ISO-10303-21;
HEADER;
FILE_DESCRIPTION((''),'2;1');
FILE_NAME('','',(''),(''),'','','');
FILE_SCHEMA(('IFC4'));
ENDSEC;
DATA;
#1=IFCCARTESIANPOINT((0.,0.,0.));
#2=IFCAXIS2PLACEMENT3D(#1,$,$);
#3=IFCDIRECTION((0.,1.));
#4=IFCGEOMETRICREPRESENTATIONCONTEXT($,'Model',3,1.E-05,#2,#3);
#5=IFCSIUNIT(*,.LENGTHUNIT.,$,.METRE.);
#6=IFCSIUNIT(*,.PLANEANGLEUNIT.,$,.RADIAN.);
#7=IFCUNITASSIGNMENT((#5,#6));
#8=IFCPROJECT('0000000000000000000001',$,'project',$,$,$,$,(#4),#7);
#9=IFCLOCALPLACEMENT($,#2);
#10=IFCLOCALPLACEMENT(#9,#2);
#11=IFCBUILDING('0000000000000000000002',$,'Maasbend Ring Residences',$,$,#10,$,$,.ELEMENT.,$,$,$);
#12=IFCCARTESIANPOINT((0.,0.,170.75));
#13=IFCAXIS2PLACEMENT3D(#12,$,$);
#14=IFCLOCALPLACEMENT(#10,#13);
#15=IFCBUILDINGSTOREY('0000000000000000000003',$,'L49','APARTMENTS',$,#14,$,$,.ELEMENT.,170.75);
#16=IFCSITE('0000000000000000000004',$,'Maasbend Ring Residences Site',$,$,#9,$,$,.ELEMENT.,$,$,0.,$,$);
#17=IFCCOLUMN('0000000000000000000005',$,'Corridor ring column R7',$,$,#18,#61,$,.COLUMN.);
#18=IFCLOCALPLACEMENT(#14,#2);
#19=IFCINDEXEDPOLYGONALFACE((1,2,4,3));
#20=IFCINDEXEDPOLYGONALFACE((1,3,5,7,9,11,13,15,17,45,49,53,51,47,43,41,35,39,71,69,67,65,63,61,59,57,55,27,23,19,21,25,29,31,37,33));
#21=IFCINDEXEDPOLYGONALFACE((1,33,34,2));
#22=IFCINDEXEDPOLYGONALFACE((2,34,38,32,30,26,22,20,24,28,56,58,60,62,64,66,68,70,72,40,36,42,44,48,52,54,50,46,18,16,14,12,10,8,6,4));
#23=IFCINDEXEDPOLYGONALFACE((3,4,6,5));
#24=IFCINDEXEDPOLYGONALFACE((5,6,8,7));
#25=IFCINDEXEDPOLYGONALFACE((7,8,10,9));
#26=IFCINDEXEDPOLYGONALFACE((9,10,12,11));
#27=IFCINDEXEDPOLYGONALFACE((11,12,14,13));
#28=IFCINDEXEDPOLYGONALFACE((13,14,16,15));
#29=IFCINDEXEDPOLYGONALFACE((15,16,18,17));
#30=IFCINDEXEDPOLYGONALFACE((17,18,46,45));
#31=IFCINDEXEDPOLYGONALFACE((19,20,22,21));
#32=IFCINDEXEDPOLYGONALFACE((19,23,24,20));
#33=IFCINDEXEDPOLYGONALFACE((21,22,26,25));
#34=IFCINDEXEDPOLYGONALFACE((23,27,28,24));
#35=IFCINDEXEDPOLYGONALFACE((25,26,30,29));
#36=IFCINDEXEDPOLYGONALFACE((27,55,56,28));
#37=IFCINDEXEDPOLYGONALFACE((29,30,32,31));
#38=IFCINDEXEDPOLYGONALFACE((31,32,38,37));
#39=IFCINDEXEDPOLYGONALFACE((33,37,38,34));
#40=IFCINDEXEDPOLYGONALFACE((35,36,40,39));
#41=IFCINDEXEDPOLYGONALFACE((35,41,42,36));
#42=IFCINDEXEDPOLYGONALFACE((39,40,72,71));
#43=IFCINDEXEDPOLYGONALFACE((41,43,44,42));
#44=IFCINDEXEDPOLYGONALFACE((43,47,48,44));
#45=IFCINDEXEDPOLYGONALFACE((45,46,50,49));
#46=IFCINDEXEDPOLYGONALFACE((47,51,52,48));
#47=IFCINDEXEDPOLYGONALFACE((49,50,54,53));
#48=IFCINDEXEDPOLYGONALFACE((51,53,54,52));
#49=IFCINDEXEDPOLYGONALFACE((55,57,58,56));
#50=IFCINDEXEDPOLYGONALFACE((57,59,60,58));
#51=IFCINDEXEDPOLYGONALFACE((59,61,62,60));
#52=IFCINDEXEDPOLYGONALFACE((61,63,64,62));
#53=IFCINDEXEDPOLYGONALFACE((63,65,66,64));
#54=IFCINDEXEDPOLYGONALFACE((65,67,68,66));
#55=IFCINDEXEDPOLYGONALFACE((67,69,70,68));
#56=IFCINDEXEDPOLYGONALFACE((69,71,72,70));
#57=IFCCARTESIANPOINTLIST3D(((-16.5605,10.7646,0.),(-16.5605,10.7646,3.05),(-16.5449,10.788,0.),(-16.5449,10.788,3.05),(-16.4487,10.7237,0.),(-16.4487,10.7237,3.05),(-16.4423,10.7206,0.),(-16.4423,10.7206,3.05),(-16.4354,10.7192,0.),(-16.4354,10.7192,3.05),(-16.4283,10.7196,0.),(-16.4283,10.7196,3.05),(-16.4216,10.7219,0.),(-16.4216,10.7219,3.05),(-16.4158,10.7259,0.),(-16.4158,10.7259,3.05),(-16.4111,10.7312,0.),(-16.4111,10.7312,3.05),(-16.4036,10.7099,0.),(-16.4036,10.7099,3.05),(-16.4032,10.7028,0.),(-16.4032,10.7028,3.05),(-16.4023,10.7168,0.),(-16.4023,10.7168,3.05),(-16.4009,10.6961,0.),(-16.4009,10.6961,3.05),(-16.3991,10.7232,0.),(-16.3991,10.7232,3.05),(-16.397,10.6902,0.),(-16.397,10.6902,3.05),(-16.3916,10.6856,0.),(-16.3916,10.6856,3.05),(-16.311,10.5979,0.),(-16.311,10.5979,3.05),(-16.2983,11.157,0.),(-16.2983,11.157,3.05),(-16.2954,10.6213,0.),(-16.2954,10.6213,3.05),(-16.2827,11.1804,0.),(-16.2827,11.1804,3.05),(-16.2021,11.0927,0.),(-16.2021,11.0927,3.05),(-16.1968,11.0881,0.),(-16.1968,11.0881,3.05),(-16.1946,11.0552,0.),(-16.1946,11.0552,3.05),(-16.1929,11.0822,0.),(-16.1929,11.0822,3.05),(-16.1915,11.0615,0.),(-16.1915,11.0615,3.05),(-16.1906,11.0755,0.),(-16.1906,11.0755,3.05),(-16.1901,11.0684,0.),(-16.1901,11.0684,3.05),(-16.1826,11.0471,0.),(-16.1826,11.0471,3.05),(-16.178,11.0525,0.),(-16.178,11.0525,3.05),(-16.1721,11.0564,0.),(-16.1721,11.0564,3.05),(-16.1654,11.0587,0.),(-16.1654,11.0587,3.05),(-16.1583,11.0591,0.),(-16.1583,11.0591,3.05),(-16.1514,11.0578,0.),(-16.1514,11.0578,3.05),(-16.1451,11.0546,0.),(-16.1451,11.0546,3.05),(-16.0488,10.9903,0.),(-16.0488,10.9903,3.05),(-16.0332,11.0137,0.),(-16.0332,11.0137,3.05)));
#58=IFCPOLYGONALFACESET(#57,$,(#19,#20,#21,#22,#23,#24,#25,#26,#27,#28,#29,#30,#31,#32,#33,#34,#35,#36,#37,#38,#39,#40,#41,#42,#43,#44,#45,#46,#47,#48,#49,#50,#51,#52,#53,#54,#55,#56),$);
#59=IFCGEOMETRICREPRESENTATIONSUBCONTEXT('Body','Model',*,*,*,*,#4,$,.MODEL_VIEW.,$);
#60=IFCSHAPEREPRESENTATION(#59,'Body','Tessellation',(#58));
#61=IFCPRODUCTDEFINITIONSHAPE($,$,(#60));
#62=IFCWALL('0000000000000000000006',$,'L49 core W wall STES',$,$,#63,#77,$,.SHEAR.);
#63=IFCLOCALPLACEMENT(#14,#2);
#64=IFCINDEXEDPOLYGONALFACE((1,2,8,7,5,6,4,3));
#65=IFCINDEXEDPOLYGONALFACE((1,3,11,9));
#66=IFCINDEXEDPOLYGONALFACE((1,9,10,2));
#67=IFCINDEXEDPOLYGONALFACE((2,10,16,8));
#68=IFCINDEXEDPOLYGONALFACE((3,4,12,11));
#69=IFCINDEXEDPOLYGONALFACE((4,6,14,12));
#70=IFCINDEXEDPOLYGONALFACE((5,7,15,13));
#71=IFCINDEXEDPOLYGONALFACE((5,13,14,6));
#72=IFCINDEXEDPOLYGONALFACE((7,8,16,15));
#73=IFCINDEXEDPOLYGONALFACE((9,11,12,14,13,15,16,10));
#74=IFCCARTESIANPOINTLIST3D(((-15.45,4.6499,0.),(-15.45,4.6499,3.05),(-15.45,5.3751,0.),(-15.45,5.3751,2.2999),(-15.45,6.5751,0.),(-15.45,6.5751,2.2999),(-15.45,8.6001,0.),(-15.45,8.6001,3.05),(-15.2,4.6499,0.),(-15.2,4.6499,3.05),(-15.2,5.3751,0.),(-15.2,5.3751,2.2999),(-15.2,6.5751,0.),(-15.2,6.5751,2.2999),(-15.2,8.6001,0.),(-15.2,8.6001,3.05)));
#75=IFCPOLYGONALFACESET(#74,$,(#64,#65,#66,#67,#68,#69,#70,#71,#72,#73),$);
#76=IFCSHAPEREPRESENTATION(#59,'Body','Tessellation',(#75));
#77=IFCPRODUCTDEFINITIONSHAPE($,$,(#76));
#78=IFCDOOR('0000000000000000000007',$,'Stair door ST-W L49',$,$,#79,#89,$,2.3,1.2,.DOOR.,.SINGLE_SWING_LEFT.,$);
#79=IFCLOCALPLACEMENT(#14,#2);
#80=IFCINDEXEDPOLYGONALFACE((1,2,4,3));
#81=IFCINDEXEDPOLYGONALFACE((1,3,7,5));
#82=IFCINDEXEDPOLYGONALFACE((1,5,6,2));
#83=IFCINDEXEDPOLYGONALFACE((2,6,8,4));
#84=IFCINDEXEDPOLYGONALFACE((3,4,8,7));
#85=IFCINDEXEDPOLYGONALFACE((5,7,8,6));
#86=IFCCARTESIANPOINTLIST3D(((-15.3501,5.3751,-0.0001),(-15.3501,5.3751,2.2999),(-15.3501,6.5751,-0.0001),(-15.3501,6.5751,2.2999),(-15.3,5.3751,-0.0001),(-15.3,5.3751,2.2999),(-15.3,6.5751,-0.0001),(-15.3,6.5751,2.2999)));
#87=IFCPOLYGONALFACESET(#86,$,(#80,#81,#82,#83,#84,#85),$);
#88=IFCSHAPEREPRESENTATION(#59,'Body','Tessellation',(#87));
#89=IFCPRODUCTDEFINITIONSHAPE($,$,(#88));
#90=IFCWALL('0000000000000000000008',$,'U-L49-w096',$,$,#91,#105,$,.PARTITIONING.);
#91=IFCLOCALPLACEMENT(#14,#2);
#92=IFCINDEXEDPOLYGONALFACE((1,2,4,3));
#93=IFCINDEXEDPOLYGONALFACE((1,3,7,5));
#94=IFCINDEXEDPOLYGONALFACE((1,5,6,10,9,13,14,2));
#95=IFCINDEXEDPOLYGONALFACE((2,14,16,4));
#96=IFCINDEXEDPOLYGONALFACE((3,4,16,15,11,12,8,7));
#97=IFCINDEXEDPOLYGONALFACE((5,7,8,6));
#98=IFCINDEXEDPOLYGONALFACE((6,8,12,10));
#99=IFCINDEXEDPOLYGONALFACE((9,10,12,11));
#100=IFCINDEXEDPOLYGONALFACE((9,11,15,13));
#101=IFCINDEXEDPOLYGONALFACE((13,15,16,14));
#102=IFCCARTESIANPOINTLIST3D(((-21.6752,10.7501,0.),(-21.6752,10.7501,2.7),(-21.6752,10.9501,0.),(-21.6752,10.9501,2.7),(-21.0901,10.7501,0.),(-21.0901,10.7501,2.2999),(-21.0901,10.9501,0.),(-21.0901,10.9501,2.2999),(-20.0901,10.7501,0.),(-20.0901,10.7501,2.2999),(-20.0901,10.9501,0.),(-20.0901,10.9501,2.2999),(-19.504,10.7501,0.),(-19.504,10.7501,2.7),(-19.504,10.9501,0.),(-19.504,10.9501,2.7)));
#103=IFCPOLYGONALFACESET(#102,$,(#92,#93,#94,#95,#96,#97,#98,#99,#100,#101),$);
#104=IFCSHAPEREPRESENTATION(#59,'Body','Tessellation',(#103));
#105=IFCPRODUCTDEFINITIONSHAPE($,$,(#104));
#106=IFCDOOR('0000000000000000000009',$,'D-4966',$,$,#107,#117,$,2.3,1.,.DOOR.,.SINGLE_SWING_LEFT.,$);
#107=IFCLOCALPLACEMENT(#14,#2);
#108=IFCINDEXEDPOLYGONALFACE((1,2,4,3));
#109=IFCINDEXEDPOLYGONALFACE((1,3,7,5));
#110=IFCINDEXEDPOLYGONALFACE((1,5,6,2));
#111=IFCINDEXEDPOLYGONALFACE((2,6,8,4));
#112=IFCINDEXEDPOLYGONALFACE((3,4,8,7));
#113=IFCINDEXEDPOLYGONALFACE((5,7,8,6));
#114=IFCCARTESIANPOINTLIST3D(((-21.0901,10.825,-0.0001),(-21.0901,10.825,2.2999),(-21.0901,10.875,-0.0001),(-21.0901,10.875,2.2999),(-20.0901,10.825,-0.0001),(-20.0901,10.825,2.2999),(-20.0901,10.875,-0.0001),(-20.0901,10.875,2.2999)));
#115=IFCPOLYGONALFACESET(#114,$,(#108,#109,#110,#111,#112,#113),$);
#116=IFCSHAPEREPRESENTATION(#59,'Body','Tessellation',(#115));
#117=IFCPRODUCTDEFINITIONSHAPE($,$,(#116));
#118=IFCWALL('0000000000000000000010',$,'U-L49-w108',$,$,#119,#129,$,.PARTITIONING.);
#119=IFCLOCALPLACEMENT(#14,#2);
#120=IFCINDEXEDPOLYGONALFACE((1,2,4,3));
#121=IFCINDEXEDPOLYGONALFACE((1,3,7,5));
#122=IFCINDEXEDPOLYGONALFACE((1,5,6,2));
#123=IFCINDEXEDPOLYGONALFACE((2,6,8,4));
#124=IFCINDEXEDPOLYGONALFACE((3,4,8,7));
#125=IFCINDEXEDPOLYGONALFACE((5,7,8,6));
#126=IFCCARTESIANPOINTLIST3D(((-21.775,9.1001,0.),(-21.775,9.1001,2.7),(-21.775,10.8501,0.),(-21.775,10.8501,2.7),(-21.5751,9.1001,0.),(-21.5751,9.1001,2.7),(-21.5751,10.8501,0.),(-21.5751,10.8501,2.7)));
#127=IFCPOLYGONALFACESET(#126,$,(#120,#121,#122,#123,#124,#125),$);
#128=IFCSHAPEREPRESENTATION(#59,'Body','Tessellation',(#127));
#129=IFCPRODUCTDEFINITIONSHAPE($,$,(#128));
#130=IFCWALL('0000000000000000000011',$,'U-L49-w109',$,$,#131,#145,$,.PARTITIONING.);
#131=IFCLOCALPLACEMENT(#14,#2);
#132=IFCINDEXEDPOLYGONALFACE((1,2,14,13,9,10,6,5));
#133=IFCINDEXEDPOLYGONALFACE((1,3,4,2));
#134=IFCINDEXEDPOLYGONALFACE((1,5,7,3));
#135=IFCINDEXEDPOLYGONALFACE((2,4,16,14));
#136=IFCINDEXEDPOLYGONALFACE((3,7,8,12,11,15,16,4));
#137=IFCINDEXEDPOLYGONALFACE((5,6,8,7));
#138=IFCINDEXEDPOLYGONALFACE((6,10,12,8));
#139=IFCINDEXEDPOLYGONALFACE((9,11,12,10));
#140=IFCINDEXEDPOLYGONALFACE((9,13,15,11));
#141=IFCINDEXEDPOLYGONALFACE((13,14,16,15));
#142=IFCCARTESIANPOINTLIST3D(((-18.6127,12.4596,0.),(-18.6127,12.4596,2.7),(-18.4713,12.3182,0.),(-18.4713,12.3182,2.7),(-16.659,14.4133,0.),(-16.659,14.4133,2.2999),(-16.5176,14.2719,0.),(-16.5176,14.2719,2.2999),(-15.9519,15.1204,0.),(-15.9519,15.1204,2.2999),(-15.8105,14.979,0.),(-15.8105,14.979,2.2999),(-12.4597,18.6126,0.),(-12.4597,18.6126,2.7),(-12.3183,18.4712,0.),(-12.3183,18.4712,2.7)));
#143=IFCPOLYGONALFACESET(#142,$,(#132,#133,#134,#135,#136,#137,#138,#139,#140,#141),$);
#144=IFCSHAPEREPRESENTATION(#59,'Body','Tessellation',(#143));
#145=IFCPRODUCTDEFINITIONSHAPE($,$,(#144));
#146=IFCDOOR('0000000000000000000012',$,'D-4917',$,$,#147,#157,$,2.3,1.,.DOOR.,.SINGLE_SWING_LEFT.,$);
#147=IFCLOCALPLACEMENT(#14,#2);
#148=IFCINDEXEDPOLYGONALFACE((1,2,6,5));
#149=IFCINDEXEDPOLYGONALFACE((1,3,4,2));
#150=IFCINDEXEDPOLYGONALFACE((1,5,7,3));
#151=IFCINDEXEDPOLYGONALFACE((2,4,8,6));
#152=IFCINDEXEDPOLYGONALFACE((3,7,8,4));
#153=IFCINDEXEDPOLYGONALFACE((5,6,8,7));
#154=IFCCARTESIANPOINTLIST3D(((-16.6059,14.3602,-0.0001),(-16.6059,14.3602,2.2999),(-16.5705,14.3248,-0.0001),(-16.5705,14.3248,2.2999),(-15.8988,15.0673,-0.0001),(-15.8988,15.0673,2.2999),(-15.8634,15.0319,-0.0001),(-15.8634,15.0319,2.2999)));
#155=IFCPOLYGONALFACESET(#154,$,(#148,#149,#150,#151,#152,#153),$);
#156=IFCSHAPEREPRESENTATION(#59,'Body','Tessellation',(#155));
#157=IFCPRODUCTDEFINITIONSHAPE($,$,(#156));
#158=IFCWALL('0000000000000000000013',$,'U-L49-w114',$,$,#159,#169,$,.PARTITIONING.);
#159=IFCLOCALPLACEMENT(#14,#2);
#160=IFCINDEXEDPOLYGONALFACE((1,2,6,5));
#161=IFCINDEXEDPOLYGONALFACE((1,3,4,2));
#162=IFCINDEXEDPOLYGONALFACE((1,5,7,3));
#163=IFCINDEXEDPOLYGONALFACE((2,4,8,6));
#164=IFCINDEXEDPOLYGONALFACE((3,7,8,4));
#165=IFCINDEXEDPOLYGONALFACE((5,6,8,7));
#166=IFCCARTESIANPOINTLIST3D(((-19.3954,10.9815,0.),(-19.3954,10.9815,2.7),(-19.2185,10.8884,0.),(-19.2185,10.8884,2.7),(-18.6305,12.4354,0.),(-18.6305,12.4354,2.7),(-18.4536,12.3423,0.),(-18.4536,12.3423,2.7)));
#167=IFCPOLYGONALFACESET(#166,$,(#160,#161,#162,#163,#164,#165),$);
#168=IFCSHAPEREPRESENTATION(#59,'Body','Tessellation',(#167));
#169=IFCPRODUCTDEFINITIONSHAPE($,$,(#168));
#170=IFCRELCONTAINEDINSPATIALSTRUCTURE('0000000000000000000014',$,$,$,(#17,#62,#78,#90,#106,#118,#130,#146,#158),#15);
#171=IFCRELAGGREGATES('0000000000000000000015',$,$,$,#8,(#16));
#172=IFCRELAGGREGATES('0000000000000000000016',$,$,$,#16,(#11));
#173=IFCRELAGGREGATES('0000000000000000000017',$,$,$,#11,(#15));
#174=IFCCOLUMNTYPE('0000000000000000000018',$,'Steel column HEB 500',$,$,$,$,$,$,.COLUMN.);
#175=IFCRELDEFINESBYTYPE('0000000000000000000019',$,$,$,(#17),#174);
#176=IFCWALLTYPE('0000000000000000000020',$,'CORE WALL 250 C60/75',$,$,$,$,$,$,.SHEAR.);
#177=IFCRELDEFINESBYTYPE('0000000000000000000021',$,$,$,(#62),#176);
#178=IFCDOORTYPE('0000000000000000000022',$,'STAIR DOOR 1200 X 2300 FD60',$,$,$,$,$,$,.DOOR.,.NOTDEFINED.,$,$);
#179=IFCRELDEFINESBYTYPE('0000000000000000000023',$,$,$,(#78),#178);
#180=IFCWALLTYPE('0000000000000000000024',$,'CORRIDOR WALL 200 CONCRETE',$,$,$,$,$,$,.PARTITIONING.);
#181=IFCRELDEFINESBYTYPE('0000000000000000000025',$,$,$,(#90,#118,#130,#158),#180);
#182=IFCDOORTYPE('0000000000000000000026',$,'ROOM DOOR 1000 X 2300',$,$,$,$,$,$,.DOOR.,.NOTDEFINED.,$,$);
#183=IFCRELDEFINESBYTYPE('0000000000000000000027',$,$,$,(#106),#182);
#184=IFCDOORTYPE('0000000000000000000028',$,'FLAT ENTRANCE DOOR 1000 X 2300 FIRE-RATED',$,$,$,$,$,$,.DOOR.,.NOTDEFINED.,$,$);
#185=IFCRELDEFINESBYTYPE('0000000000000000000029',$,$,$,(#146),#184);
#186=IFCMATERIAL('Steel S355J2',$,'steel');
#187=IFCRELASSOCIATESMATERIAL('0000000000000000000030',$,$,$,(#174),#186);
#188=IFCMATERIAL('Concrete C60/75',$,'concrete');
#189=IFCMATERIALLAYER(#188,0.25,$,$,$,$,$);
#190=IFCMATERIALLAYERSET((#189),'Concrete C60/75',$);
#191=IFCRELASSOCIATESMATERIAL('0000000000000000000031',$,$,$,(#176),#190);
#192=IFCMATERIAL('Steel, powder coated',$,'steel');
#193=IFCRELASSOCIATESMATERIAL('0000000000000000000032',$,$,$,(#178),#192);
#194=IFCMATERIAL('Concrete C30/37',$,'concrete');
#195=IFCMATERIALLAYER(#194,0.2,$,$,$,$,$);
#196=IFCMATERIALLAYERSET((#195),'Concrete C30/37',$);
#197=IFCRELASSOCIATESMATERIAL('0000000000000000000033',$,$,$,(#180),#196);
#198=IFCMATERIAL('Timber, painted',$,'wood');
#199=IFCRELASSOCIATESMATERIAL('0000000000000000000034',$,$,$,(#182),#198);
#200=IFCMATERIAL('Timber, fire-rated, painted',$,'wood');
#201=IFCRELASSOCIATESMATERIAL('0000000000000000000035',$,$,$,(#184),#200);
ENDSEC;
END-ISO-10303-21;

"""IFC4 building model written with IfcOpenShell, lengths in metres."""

from ifc_helpers import new_model, si_unit, direction, frame, frame_2d, origin, origin_2d, place, context, subcontext, project, spatial, rectangle, i_section, extrude, material, layer, layer_set, material_profile, profile_set, type_object, element, fill, save


model = new_model("IFC4")

# Units and contexts
model_context = context("Model", 3, precision=1e-05, world=origin(), true_north=direction((0.0, 1.0)))
body_context = subcontext(model_context, "Body", "Model", "MODEL_VIEW")
ifc_project = project(units=[si_unit("LENGTHUNIT", "METRE"), si_unit("PLANEANGLEUNIT", "RADIAN")], contexts=[model_context])

# Site, building, storey
site_placement = place(None, origin())
site = spatial("IfcSite", under=ifc_project, at=site_placement, Name="Maasbend Ring Residences Site", CompositionType="ELEMENT", RefElevation=0.0)
building_placement = place(site_placement, origin())
building = spatial("IfcBuilding", under=site, at=building_placement, Name="Maasbend Ring Residences", CompositionType="ELEMENT")
storey_placement = place(building_placement, frame((0.0, 0.0, 170.75)))
storey = spatial("IfcBuildingStorey", under=building, at=storey_placement, Name="L49", Description="APARTMENTS", CompositionType="ELEMENT", Elevation=170.75)

# Column
ifc_material_1 = material(Name="Steel S355J2", Category="steel")
ifc_material_profile = material_profile(ifc_material_1, i_section(OverallWidth=0.3, OverallDepth=0.5, WebThickness=0.0144, FlangeThickness=0.0281, FilletRadius=0.0271, at=origin_2d()), Name="HEB 500")
ifc_profile_set = profile_set([ifc_material_profile], Name="Steel S355J2")
column_type = type_object("IfcColumnType", Name="Steel column HEB 500", PredefinedType="COLUMN", material=ifc_profile_set)
column_placement = place(storey_placement, frame((-16.2969, 10.8892, 0.0), z_axis=(0.0, 0.0, 1.0), x_axis=(-0.83147, 0.55557, 0.0)))
element("IfcColumn", 1, at=column_placement, inside=storey, type_object=column_type, Name="Corridor ring column R7", PredefinedType="COLUMN", context=body_context, shape_type="SweptSolid", body=[
    extrude(i_section(OverallWidth=0.3, OverallDepth=0.5, WebThickness=0.0144, FlangeThickness=0.0281, FilletRadius=0.0271, at=origin_2d()), origin(), (0.0, 0.0, 1.0), 3.05),
])

# Walls, openings, doors
ifc_material_2 = material(Name="Concrete C60/75", Category="concrete")
ifc_layer_1 = layer(ifc_material_2, 0.25)
ifc_layer_set_1 = layer_set([ifc_layer_1], Name="Concrete C60/75")
wall_type_1 = type_object("IfcWallType", Name="CORE WALL 250 C60/75", PredefinedType="SHEAR", material=ifc_layer_set_1)
wall_1_placement = place(storey_placement, frame((-15.325, 8.6001, 0.0), z_axis=(0.0, 0.0, 1.0), x_axis=(0.0, -1.0, 0.0)))
wall_1 = element("IfcWall", 2, at=wall_1_placement, inside=storey, type_object=wall_type_1, Name="L49 core W wall STES", PredefinedType="SHEAR", context=body_context, shape_type="SweptSolid", body=[
    extrude(rectangle(XDim=3.9502, YDim=0.25, at=frame_2d((1.9751, 0.0))), origin(), (0.0, 0.0, 1.0), 3.05),
])
opening_1_placement = place(wall_1_placement, frame((2.0249, 0.0, 0.0)))
opening_1 = element("IfcOpeningElement", 3, at=opening_1_placement, cuts=wall_1, PredefinedType="OPENING", context=body_context, shape_type="SweptSolid", body=[
    extrude(rectangle(XDim=1.2, YDim=2.3, at=frame_2d((0.6001, 1.1499))), frame((0.0, 0.135, 0.0), z_axis=(0.0, -1.0, 0.0), x_axis=(1.0, 0.0, 0.0)), (0.0, 0.0, 1.0), 0.27),
])
ifc_material_3 = material(Name="Steel, powder coated", Category="steel")
door_type_1 = type_object("IfcDoorType", Name="STAIR DOOR 1200 X 2300 FD60", OperationType="NOTDEFINED", PredefinedType="DOOR", material=ifc_material_3)
door_1_placement = place(opening_1_placement, origin())
door_1 = element("IfcDoor", 4, at=door_1_placement, inside=storey, type_object=door_type_1, Name="Stair door ST-W L49", OperationType="SINGLE_SWING_LEFT", OverallHeight=2.3, OverallWidth=1.2, PredefinedType="DOOR", context=body_context, shape_type="SweptSolid", body=[
    extrude(rectangle(XDim=1.2, YDim=2.3, at=frame_2d((0.6001, 1.1499))), frame((0.0, 0.0249, 0.0), z_axis=(0.0, -1.0, 0.0), x_axis=(1.0, 0.0, 0.0)), (0.0, 0.0, 1.0), 0.05),
])
fill(opening_1, door_1)
ifc_material_4 = material(Name="Concrete C30/37", Category="concrete")
ifc_layer_2 = layer(ifc_material_4, 0.2)
ifc_layer_set_2 = layer_set([ifc_layer_2], Name="Concrete C30/37")
wall_type_2 = type_object("IfcWallType", Name="CORRIDOR WALL 200 CONCRETE", PredefinedType="PARTITIONING", material=ifc_layer_set_2)
wall_2_placement = place(storey_placement, frame((-21.675, 10.8501, 0.0), z_axis=(0.0, 0.0, 1.0), x_axis=(1.0, 0.0, 0.0)))
wall_2 = element("IfcWall", 5, at=wall_2_placement, inside=storey, type_object=wall_type_2, Name="U-L49-w096", PredefinedType="PARTITIONING", context=body_context, shape_type="SweptSolid", body=[
    extrude(rectangle(XDim=2.1711, YDim=0.2, at=frame_2d((1.0854, 0.0))), origin(), (0.0, 0.0, 1.0), 2.7),
])
opening_2_placement = place(wall_2_placement, frame((0.585, 0.0, 0.0)))
opening_2 = element("IfcOpeningElement", 6, at=opening_2_placement, cuts=wall_2, PredefinedType="OPENING", context=body_context, shape_type="SweptSolid", body=[
    extrude(rectangle(XDim=1.0, YDim=2.3, at=frame_2d((0.5, 1.1499))), frame((0.0, 0.1099, 0.0), z_axis=(0.0, -1.0, 0.0), x_axis=(1.0, 0.0, 0.0)), (0.0, 0.0, 1.0), 0.22),
])
ifc_material_5 = material(Name="Timber, painted", Category="wood")
door_type_2 = type_object("IfcDoorType", Name="ROOM DOOR 1000 X 2300", OperationType="NOTDEFINED", PredefinedType="DOOR", material=ifc_material_5)
door_2_placement = place(opening_2_placement, origin())
door_2 = element("IfcDoor", 7, at=door_2_placement, inside=storey, type_object=door_type_2, Name="D-4966", OperationType="SINGLE_SWING_LEFT", OverallHeight=2.3, OverallWidth=1.0, PredefinedType="DOOR", context=body_context, shape_type="SweptSolid", body=[
    extrude(rectangle(XDim=1.0, YDim=2.3, at=frame_2d((0.5, 1.1499))), frame((0.0, 0.0249, 0.0), z_axis=(0.0, -1.0, 0.0), x_axis=(1.0, 0.0, 0.0)), (0.0, 0.0, 1.0), 0.05),
])
fill(opening_2, door_2)

# Wall
wall_3_placement = place(storey_placement, frame((-21.675, 9.1001, 0.0), z_axis=(0.0, 0.0, 1.0), x_axis=(0.0, 1.0, 0.0)))
element("IfcWall", 8, at=wall_3_placement, inside=storey, type_object=wall_type_2, Name="U-L49-w108", PredefinedType="PARTITIONING", context=body_context, shape_type="SweptSolid", body=[
    extrude(rectangle(XDim=1.75, YDim=0.2, at=frame_2d((0.875, 0.0))), origin(), (0.0, 0.0, 1.0), 2.7),
])

# Wall, opening, door
wall_4_placement = place(storey_placement, frame((-18.542, 12.3889, 0.0), z_axis=(0.0, 0.0, 1.0), x_axis=(0.707107, 0.707107, 0.0)))
wall_4 = element("IfcWall", 9, at=wall_4_placement, inside=storey, type_object=wall_type_2, Name="U-L49-w109", PredefinedType="PARTITIONING", context=body_context, shape_type="SweptSolid", body=[
    extrude(rectangle(XDim=8.7017, YDim=0.2, at=frame_2d((4.3508, 0.0))), origin(), (0.0, 0.0, 1.0), 2.7),
])
opening_3_placement = place(wall_4_placement, frame((2.7629, 0.0, 0.0)))
opening_3 = element("IfcOpeningElement", 10, at=opening_3_placement, cuts=wall_4, PredefinedType="OPENING", context=body_context, shape_type="SweptSolid", body=[
    extrude(rectangle(XDim=1.0, YDim=2.3, at=frame_2d((0.5, 1.1499))), frame((0.0, 0.1099, 0.0), z_axis=(0.0, -1.0, 0.0), x_axis=(1.0, 0.0, 0.0)), (0.0, 0.0, 1.0), 0.22),
])
ifc_material_6 = material(Name="Timber, fire-rated, painted", Category="wood")
door_type_3 = type_object("IfcDoorType", Name="FLAT ENTRANCE DOOR 1000 X 2300 FIRE-RATED", OperationType="NOTDEFINED", PredefinedType="DOOR", material=ifc_material_6)
door_3_placement = place(opening_3_placement, origin())
door_3 = element("IfcDoor", 11, at=door_3_placement, inside=storey, type_object=door_type_3, Name="D-4917", OperationType="SINGLE_SWING_LEFT", OverallHeight=2.3, OverallWidth=1.0, PredefinedType="DOOR", context=body_context, shape_type="SweptSolid", body=[
    extrude(rectangle(XDim=1.0, YDim=2.3, at=frame_2d((0.5, 1.1499))), frame((0.0, 0.0249, 0.0), z_axis=(0.0, -1.0, 0.0), x_axis=(1.0, 0.0, 0.0)), (0.0, 0.0, 1.0), 0.05),
])
fill(opening_3, door_3)

# Wall
wall_5_placement = place(storey_placement, frame((-19.3069, 10.9351, 0.0), z_axis=(0.0, 0.0, 1.0), x_axis=(0.465606, 0.884992, 0.0)))
element("IfcWall", 12, at=wall_5_placement, inside=storey, type_object=wall_type_2, Name="U-L49-w114", PredefinedType="PARTITIONING", context=body_context, shape_type="SweptSolid", body=[
    extrude(rectangle(XDim=1.6428, YDim=0.2, at=frame_2d((0.8213, 0.0))), origin(), (0.0, 0.0, 1.0), 2.7),
])

save(model, "model.ifc")
